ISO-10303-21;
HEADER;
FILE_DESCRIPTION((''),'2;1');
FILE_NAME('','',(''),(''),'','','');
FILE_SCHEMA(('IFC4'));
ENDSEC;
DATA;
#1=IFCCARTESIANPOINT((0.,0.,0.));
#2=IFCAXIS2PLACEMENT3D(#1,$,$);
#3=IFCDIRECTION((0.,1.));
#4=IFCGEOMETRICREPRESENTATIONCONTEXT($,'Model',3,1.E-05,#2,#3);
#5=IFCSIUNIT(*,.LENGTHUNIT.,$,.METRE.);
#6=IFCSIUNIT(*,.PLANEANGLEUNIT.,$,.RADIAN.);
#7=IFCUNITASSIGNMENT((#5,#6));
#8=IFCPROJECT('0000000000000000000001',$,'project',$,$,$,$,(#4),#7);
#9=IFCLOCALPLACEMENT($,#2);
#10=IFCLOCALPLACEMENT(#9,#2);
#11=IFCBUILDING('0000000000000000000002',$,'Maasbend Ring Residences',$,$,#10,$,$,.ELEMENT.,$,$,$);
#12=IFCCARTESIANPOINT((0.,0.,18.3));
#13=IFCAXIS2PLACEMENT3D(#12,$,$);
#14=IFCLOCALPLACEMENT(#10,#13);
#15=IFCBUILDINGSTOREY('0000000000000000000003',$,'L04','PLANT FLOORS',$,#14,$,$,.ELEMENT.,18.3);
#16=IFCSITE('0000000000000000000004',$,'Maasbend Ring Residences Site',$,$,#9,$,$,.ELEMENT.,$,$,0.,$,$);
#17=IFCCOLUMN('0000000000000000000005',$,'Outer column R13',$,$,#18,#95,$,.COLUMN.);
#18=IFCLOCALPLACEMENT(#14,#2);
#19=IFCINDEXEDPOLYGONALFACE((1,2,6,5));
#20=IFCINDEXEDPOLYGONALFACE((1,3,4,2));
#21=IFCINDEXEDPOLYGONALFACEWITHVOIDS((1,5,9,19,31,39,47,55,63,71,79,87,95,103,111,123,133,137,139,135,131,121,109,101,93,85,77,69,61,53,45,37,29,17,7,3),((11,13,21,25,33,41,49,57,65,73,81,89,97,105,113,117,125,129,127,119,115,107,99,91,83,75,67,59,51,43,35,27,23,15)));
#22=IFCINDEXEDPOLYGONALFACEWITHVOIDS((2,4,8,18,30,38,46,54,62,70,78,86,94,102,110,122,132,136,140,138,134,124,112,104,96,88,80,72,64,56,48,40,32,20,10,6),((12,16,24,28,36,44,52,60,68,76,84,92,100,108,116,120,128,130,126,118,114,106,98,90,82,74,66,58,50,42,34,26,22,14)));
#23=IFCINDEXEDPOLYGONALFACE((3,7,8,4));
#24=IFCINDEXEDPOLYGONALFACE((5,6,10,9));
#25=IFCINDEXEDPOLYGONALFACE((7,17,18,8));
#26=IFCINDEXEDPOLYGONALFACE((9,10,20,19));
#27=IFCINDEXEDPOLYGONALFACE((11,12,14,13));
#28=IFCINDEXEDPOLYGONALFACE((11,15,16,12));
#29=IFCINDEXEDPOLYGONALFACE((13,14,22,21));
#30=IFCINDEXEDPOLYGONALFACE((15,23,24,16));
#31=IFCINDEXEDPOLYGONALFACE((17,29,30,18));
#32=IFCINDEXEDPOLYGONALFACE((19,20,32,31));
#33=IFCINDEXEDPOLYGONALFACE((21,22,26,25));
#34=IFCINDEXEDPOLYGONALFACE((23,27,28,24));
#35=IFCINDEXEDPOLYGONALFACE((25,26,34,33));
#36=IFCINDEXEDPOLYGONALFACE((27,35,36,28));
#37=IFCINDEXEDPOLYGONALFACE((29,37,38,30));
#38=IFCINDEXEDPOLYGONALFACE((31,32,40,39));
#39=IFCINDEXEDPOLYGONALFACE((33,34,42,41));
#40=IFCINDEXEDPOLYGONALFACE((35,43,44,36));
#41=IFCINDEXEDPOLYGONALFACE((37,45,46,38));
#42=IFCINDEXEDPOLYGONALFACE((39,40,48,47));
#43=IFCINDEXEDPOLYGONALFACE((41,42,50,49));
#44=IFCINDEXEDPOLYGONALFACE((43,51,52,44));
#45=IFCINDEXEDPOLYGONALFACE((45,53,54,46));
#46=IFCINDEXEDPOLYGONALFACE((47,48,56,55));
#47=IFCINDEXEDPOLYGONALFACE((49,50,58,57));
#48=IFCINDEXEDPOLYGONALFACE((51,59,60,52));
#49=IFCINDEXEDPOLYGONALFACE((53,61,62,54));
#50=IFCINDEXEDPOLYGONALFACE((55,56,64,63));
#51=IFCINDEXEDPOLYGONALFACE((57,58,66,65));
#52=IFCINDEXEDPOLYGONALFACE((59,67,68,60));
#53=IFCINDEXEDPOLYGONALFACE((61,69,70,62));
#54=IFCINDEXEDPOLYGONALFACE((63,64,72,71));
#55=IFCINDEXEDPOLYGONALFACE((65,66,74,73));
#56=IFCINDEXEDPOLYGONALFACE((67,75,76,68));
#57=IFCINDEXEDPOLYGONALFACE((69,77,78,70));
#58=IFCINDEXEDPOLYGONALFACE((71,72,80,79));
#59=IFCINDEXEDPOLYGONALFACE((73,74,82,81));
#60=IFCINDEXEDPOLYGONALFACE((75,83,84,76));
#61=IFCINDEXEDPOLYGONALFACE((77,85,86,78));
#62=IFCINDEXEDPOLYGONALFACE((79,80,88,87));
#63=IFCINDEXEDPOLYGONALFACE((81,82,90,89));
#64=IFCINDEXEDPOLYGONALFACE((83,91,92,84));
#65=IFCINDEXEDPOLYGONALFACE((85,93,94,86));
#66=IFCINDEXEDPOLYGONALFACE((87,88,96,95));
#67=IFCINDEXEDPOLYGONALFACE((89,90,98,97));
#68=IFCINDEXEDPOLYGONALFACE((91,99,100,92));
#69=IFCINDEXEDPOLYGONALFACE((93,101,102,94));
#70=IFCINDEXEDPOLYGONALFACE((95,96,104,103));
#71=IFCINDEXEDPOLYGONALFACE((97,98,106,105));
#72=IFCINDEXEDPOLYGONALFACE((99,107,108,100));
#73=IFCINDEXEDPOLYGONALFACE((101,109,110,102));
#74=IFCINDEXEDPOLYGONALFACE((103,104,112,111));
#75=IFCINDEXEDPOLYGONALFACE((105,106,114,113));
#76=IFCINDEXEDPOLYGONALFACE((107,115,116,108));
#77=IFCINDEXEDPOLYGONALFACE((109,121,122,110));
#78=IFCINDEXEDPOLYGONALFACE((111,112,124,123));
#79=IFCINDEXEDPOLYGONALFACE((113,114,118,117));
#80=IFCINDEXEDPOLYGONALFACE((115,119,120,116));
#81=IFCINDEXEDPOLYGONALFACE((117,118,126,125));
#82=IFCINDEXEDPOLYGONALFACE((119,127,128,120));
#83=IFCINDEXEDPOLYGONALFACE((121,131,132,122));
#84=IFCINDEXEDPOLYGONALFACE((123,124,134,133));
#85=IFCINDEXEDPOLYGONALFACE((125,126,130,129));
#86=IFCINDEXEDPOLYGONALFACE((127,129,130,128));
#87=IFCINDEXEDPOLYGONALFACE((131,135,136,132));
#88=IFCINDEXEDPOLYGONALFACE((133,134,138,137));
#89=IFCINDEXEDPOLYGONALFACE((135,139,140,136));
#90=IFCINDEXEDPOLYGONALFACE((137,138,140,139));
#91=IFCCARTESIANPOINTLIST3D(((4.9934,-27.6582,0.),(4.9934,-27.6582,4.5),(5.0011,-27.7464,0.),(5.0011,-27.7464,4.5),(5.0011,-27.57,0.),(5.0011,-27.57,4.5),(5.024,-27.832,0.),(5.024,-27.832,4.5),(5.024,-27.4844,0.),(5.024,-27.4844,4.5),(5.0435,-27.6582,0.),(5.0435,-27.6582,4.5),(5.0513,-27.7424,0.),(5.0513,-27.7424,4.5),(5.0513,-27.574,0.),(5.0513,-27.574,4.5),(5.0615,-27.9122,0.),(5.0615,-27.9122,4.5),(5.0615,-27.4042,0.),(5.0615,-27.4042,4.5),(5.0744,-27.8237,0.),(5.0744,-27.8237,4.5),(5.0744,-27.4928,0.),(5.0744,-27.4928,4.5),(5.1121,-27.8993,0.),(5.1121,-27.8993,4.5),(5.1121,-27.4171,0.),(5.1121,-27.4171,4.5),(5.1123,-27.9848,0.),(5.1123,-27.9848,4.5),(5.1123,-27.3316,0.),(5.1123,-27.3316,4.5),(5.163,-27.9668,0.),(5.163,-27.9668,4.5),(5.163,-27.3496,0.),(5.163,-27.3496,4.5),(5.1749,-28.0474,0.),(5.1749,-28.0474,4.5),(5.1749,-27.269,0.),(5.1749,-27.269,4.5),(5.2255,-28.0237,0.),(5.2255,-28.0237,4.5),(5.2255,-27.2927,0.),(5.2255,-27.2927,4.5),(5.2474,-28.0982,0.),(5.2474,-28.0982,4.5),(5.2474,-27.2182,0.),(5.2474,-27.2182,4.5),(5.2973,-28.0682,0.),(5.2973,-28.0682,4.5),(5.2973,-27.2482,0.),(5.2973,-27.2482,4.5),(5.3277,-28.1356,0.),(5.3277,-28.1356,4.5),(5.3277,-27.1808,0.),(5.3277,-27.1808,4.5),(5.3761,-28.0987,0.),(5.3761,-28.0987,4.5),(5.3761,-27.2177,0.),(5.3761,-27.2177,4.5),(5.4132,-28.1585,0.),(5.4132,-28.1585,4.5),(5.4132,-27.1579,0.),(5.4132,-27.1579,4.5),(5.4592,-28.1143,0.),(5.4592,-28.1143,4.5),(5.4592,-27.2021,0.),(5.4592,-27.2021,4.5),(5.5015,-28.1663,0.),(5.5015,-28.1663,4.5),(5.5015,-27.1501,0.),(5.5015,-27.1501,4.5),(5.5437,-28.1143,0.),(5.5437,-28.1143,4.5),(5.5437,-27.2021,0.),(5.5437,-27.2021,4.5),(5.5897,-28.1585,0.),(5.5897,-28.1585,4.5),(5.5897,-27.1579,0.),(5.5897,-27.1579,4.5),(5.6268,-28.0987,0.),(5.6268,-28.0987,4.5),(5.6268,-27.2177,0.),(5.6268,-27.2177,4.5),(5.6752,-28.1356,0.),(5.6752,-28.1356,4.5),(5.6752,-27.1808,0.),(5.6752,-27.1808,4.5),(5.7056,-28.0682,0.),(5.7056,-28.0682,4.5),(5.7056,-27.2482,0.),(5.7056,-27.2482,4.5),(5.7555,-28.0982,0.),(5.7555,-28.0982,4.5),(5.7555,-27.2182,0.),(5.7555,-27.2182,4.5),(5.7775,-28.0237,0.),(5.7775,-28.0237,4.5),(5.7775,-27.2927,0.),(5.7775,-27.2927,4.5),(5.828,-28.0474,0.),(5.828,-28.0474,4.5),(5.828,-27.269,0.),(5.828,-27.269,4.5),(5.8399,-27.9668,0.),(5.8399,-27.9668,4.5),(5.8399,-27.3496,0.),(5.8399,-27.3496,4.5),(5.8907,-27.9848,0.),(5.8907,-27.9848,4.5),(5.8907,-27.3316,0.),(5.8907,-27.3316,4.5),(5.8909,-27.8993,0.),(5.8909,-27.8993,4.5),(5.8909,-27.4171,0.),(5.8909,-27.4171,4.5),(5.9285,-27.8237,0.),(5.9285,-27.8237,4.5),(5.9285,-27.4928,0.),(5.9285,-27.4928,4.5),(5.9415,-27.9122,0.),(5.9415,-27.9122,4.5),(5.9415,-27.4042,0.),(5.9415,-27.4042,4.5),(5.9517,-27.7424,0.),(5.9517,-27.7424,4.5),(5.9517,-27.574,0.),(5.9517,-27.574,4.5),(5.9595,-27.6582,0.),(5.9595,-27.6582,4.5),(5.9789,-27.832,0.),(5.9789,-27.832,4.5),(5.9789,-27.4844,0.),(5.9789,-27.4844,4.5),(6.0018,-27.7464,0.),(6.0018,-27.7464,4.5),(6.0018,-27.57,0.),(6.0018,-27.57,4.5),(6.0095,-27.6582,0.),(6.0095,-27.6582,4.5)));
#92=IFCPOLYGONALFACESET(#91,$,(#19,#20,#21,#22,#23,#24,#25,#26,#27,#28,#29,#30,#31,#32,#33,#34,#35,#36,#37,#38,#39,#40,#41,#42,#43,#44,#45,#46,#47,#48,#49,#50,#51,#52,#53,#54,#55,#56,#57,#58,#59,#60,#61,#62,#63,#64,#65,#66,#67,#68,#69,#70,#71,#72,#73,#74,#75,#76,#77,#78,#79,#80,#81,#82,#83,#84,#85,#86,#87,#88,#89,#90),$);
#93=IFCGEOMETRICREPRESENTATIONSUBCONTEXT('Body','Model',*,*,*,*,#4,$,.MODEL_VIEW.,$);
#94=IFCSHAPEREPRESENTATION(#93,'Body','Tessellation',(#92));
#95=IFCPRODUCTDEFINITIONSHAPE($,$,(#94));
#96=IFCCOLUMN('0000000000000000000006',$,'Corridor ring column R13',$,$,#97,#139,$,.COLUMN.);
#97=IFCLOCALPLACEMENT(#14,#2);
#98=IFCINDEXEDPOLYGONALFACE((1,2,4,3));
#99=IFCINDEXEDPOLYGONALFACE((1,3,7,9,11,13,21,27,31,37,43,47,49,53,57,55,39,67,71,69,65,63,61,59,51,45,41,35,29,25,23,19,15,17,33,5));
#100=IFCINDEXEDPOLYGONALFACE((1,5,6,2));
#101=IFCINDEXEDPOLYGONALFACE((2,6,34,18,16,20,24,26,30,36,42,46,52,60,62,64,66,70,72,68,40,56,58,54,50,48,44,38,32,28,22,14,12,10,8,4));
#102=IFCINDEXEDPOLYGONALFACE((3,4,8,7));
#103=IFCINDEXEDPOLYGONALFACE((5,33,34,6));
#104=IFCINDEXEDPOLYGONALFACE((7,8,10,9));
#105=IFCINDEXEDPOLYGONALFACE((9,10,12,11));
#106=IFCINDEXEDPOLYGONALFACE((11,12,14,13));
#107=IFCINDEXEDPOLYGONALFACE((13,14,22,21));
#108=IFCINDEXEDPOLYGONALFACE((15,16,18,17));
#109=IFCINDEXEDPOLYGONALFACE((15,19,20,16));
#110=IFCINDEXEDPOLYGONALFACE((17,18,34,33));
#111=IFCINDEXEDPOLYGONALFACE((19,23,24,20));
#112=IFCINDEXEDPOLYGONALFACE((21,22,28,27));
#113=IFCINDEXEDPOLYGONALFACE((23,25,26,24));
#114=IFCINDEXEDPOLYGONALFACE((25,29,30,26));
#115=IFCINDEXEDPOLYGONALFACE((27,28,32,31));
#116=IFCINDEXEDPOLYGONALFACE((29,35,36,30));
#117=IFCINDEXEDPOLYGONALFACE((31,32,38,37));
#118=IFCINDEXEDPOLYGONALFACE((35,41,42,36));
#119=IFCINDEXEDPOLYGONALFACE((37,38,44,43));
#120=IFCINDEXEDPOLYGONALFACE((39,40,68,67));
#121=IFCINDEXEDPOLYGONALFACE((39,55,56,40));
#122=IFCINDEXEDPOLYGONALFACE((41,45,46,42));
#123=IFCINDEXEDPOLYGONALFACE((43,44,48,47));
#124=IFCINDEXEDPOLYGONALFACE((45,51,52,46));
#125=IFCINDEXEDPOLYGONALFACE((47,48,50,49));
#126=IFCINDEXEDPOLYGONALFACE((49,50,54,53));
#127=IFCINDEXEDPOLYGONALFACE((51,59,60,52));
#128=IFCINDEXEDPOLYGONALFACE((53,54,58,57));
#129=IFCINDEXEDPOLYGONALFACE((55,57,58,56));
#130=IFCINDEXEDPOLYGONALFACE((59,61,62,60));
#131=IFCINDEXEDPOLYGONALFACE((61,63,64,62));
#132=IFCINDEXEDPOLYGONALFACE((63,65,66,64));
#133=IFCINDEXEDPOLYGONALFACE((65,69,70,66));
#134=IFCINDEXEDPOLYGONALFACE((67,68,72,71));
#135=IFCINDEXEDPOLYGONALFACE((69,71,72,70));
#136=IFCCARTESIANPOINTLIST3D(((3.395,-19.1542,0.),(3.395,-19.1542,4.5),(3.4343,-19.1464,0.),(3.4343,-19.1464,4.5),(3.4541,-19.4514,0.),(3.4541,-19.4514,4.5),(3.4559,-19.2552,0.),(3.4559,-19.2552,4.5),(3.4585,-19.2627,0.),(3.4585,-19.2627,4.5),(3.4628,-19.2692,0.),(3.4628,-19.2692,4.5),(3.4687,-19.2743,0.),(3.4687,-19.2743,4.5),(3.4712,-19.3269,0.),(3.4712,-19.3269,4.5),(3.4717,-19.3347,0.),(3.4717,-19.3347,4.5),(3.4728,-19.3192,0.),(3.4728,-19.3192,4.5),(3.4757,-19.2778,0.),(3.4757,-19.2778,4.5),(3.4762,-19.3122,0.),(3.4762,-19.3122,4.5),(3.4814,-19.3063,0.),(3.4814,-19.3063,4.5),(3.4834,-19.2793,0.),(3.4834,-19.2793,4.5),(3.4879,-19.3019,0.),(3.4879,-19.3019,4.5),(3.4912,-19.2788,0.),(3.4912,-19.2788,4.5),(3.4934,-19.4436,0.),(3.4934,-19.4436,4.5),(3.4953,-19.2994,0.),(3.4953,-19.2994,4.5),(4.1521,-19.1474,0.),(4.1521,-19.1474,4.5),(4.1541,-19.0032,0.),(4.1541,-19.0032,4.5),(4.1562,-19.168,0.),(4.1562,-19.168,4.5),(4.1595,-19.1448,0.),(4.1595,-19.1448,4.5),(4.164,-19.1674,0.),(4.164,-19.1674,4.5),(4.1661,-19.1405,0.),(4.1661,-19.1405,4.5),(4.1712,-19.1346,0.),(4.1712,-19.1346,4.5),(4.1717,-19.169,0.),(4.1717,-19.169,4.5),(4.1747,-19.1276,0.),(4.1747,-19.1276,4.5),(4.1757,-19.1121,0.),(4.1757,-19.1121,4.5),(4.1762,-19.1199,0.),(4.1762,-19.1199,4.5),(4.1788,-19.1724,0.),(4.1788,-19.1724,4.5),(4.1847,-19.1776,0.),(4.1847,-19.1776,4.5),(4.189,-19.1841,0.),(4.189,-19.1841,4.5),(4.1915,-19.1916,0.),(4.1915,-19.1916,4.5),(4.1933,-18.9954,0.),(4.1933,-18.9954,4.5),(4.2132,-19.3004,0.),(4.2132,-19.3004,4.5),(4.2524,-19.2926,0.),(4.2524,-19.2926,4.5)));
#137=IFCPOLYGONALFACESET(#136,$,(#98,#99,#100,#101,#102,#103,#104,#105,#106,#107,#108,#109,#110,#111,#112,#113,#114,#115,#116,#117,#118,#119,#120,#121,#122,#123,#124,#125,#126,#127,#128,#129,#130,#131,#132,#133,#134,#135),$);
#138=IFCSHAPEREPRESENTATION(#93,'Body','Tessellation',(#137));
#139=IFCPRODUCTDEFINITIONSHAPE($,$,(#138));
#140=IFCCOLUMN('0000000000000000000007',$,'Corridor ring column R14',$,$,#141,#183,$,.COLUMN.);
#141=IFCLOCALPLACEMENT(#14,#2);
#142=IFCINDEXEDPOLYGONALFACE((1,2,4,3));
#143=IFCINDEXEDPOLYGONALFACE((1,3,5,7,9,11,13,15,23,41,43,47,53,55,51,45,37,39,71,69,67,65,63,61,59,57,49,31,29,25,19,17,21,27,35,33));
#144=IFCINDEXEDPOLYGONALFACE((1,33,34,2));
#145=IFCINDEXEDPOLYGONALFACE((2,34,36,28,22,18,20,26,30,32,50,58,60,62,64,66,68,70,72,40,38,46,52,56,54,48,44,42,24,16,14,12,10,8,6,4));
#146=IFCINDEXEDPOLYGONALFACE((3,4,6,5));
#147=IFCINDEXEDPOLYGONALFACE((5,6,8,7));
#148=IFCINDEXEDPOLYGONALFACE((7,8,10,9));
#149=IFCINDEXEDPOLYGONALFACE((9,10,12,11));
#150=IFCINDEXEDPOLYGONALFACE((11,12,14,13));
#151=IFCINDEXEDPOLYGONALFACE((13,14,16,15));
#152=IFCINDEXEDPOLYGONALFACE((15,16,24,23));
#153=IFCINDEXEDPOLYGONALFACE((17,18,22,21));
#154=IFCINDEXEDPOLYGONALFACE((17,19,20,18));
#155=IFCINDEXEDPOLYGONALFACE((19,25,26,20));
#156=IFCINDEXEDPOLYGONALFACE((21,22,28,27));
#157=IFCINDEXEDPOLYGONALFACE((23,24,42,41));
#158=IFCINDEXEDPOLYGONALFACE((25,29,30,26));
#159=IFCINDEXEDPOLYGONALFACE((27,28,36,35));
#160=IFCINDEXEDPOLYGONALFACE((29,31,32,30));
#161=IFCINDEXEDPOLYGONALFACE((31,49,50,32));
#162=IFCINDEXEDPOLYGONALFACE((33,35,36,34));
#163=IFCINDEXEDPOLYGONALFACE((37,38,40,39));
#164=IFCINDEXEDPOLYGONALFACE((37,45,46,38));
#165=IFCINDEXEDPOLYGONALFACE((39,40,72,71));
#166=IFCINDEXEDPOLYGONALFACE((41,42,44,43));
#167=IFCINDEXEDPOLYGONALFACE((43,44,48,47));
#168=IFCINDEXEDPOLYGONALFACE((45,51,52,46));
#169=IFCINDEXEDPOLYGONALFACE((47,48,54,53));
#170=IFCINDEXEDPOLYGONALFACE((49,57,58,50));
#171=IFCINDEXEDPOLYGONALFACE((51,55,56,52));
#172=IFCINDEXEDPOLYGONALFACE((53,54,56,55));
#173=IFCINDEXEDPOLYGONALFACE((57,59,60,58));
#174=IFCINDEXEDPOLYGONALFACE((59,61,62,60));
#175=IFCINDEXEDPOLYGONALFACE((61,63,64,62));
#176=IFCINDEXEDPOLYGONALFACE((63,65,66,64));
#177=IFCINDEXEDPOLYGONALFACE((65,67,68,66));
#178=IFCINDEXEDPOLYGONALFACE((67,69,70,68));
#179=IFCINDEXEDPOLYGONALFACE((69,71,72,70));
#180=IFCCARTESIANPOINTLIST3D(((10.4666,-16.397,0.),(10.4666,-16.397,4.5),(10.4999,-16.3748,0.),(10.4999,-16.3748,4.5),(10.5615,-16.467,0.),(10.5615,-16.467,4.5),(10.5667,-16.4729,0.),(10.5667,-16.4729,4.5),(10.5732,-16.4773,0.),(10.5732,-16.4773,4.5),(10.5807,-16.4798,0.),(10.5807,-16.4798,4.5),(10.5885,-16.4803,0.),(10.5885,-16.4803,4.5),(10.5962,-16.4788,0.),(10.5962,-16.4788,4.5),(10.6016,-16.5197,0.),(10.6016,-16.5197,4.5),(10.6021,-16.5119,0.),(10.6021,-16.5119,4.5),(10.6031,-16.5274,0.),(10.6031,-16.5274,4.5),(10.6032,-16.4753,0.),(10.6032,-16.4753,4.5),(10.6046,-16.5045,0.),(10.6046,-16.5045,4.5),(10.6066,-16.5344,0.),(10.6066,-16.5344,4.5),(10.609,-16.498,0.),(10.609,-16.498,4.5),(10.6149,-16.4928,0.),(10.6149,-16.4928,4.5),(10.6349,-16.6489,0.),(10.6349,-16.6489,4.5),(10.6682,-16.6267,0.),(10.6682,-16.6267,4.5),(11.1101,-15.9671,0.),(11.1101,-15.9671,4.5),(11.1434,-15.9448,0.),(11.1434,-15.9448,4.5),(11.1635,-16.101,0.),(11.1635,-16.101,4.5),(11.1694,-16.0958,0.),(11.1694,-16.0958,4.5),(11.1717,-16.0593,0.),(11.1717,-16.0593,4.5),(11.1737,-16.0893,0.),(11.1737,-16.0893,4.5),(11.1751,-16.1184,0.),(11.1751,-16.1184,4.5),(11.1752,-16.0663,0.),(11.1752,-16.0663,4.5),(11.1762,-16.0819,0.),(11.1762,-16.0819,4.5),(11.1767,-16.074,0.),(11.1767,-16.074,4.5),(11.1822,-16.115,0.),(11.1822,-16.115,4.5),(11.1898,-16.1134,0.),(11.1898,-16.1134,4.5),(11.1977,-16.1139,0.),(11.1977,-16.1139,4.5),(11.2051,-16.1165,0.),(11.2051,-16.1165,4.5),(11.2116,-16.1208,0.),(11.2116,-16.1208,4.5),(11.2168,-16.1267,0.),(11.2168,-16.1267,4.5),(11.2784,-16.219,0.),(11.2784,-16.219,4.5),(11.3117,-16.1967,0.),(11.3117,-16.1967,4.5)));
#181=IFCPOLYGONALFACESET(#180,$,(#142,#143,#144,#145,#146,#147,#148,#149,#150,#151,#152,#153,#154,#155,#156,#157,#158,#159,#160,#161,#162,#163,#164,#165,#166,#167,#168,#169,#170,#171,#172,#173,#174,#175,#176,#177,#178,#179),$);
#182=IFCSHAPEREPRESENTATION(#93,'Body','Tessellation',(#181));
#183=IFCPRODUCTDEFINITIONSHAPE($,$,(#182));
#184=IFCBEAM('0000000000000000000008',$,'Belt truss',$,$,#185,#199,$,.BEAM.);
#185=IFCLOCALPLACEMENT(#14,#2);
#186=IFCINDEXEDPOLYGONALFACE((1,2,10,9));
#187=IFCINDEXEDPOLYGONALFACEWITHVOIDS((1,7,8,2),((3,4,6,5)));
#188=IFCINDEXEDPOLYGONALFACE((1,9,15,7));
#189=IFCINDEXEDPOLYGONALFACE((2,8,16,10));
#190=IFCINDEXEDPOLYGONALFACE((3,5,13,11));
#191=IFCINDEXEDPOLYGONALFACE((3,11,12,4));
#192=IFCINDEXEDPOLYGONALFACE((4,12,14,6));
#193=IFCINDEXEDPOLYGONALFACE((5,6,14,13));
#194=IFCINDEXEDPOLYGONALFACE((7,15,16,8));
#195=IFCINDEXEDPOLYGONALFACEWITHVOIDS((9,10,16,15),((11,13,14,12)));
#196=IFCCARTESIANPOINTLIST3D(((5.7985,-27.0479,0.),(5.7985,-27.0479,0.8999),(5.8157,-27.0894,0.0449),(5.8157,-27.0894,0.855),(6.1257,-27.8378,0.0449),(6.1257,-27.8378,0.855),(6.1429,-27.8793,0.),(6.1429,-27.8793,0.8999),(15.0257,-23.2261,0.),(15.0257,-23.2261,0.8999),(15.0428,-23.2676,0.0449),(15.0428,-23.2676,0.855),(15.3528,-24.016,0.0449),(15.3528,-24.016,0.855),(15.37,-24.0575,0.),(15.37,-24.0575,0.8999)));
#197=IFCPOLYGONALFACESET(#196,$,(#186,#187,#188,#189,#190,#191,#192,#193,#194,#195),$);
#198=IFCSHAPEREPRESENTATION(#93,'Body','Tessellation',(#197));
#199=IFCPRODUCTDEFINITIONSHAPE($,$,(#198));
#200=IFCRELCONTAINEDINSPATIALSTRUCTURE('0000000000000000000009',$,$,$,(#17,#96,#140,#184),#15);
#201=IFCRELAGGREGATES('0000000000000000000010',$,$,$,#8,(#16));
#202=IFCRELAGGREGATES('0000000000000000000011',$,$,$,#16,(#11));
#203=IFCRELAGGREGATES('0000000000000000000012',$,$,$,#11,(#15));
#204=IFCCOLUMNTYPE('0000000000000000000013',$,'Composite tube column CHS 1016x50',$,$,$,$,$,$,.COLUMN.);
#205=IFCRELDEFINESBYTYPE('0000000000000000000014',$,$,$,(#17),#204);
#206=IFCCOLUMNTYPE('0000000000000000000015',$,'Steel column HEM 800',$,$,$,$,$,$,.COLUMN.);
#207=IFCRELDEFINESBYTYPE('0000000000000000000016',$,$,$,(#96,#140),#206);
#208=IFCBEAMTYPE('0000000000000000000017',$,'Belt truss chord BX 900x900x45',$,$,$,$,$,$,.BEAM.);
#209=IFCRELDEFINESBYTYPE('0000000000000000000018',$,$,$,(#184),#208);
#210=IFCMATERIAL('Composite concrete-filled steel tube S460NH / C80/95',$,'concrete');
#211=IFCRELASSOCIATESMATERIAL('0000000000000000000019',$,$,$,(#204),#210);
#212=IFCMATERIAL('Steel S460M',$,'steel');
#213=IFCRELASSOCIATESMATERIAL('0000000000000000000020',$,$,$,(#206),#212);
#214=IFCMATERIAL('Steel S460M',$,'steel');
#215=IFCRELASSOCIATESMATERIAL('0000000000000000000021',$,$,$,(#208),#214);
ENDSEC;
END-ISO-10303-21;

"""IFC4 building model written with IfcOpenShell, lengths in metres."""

from ifc_helpers import new_model, si_unit, direction, frame, origin, origin_2d, place, context, subcontext, project, spatial, hollow_rectangle, hollow_circle, i_section, extrude, material, material_profile, profile_set, type_object, element, save


model = new_model("IFC4")

# Units and contexts
model_context = context("Model", 3, precision=1e-05, world=origin(), true_north=direction((0.0, 1.0)))
body_context = subcontext(model_context, "Body", "Model", "MODEL_VIEW")
ifc_project = project(units=[si_unit("LENGTHUNIT", "METRE"), si_unit("PLANEANGLEUNIT", "RADIAN")], contexts=[model_context])

# Site, building, storey
site_placement = place(None, origin())
site = spatial("IfcSite", under=ifc_project, at=site_placement, Name="Maasbend Ring Residences Site", CompositionType="ELEMENT", RefElevation=0.0)
building_placement = place(site_placement, origin())
building = spatial("IfcBuilding", under=site, at=building_placement, Name="Maasbend Ring Residences", CompositionType="ELEMENT")
storey_placement = place(building_placement, frame((0.0, 0.0, 18.3)))
storey = spatial("IfcBuildingStorey", under=building, at=storey_placement, Name="L04", Description="PLANT FLOORS", CompositionType="ELEMENT", Elevation=18.3)

# Columns
ifc_material_1 = material(Name="Composite concrete-filled steel tube S460NH / C80/95", Category="concrete")
ifc_material_profile_1 = material_profile(ifc_material_1, hollow_circle(Radius=0.5081, WallThickness=0.05, at=origin_2d()), Name="Composite tube column CHS 1016x50")
ifc_profile_set_1 = profile_set([ifc_material_profile_1], Name="Composite concrete-filled steel tube S460NH / C80/95")
column_type_1 = type_object("IfcColumnType", Name="Composite tube column CHS 1016x50", PredefinedType="COLUMN", material=ifc_profile_set_1)
column_placement = place(storey_placement, frame((5.5015, -27.6582, 0.0), z_axis=(0.0, 0.0, 1.0), x_axis=(1.0, 0.0, 0.0)))
element("IfcColumn", 1, at=column_placement, inside=storey, type_object=column_type_1, Name="Outer column R13", PredefinedType="COLUMN", context=body_context, shape_type="SweptSolid", body=[
    extrude(hollow_circle(Radius=0.5081, WallThickness=0.05, at=origin_2d()), origin(), (0.0, 0.0, 1.0), 4.5),
])
ifc_material_2 = material(Name="Steel S460M", Category="steel")
ifc_material_profile_2 = material_profile(ifc_material_2, i_section(OverallWidth=0.303, OverallDepth=0.814, WebThickness=0.021, FlangeThickness=0.04, FilletRadius=0.03, at=origin_2d()), Name="HEM 800")
ifc_profile_set_2 = profile_set([ifc_material_profile_2], Name="Steel S460M")
column_type_2 = type_object("IfcColumnType", Name="Steel column HEM 800", PredefinedType="COLUMN", material=ifc_profile_set_2)
for number, where, z_axis, x_axis, name in (
    (2, (3.8237, -19.2234, 0.0), (0.0, 0.0, 1.0), (0.19509, -0.980785, 0.0), "Corridor ring column R13"),
    (3, (10.8892, -16.2969, 0.0), (0.0, 0.0, 1.0), (0.55557, -0.83147, 0.0), "Corridor ring column R14"),
):
    element("IfcColumn", number, at=place(storey_placement, frame(where, z_axis=z_axis, x_axis=x_axis)), inside=storey, type_object=column_type_2, Name=name, PredefinedType="COLUMN", context=body_context, shape_type="SweptSolid", body=[
        extrude(i_section(OverallWidth=0.303, OverallDepth=0.814, WebThickness=0.021, FlangeThickness=0.04, FilletRadius=0.03, at=origin_2d()), origin(), (0.0, 0.0, 1.0), 4.5),
    ])

# Beam
ifc_material_3 = material(Name="Steel S460M", Category="steel")
ifc_material_profile_3 = material_profile(ifc_material_3, hollow_rectangle(XDim=0.8999, YDim=0.8999, WallThickness=0.0449, at=origin_2d()), Name="Belt truss chord BX 900x900x45")
ifc_profile_set_3 = profile_set([ifc_material_profile_3], Name="Steel S460M")
beam_type_1 = type_object("IfcBeamType", Name="Belt truss chord BX 900x900x45", PredefinedType="BEAM", material=ifc_profile_set_3)
for number, where, z_axis, x_axis, name in (
    (4, (5.9707, -27.4636, 0.45), (0.923886, 0.382667, 0.0), (-0.382667, 0.923886, 0.0), "Belt truss"),
):
    element("IfcBeam", number, at=place(storey_placement, frame(where, z_axis=z_axis, x_axis=x_axis)), inside=storey, type_object=beam_type_1, Name=name, PredefinedType="BEAM", context=body_context, shape_type="SweptSolid", body=[
        extrude(hollow_rectangle(XDim=0.8999, YDim=0.8999, WallThickness=0.0449, at=origin_2d()), origin(), (0.0, 0.0, 1.0), 9.9873),
    ])

save(model, "model.ifc")
